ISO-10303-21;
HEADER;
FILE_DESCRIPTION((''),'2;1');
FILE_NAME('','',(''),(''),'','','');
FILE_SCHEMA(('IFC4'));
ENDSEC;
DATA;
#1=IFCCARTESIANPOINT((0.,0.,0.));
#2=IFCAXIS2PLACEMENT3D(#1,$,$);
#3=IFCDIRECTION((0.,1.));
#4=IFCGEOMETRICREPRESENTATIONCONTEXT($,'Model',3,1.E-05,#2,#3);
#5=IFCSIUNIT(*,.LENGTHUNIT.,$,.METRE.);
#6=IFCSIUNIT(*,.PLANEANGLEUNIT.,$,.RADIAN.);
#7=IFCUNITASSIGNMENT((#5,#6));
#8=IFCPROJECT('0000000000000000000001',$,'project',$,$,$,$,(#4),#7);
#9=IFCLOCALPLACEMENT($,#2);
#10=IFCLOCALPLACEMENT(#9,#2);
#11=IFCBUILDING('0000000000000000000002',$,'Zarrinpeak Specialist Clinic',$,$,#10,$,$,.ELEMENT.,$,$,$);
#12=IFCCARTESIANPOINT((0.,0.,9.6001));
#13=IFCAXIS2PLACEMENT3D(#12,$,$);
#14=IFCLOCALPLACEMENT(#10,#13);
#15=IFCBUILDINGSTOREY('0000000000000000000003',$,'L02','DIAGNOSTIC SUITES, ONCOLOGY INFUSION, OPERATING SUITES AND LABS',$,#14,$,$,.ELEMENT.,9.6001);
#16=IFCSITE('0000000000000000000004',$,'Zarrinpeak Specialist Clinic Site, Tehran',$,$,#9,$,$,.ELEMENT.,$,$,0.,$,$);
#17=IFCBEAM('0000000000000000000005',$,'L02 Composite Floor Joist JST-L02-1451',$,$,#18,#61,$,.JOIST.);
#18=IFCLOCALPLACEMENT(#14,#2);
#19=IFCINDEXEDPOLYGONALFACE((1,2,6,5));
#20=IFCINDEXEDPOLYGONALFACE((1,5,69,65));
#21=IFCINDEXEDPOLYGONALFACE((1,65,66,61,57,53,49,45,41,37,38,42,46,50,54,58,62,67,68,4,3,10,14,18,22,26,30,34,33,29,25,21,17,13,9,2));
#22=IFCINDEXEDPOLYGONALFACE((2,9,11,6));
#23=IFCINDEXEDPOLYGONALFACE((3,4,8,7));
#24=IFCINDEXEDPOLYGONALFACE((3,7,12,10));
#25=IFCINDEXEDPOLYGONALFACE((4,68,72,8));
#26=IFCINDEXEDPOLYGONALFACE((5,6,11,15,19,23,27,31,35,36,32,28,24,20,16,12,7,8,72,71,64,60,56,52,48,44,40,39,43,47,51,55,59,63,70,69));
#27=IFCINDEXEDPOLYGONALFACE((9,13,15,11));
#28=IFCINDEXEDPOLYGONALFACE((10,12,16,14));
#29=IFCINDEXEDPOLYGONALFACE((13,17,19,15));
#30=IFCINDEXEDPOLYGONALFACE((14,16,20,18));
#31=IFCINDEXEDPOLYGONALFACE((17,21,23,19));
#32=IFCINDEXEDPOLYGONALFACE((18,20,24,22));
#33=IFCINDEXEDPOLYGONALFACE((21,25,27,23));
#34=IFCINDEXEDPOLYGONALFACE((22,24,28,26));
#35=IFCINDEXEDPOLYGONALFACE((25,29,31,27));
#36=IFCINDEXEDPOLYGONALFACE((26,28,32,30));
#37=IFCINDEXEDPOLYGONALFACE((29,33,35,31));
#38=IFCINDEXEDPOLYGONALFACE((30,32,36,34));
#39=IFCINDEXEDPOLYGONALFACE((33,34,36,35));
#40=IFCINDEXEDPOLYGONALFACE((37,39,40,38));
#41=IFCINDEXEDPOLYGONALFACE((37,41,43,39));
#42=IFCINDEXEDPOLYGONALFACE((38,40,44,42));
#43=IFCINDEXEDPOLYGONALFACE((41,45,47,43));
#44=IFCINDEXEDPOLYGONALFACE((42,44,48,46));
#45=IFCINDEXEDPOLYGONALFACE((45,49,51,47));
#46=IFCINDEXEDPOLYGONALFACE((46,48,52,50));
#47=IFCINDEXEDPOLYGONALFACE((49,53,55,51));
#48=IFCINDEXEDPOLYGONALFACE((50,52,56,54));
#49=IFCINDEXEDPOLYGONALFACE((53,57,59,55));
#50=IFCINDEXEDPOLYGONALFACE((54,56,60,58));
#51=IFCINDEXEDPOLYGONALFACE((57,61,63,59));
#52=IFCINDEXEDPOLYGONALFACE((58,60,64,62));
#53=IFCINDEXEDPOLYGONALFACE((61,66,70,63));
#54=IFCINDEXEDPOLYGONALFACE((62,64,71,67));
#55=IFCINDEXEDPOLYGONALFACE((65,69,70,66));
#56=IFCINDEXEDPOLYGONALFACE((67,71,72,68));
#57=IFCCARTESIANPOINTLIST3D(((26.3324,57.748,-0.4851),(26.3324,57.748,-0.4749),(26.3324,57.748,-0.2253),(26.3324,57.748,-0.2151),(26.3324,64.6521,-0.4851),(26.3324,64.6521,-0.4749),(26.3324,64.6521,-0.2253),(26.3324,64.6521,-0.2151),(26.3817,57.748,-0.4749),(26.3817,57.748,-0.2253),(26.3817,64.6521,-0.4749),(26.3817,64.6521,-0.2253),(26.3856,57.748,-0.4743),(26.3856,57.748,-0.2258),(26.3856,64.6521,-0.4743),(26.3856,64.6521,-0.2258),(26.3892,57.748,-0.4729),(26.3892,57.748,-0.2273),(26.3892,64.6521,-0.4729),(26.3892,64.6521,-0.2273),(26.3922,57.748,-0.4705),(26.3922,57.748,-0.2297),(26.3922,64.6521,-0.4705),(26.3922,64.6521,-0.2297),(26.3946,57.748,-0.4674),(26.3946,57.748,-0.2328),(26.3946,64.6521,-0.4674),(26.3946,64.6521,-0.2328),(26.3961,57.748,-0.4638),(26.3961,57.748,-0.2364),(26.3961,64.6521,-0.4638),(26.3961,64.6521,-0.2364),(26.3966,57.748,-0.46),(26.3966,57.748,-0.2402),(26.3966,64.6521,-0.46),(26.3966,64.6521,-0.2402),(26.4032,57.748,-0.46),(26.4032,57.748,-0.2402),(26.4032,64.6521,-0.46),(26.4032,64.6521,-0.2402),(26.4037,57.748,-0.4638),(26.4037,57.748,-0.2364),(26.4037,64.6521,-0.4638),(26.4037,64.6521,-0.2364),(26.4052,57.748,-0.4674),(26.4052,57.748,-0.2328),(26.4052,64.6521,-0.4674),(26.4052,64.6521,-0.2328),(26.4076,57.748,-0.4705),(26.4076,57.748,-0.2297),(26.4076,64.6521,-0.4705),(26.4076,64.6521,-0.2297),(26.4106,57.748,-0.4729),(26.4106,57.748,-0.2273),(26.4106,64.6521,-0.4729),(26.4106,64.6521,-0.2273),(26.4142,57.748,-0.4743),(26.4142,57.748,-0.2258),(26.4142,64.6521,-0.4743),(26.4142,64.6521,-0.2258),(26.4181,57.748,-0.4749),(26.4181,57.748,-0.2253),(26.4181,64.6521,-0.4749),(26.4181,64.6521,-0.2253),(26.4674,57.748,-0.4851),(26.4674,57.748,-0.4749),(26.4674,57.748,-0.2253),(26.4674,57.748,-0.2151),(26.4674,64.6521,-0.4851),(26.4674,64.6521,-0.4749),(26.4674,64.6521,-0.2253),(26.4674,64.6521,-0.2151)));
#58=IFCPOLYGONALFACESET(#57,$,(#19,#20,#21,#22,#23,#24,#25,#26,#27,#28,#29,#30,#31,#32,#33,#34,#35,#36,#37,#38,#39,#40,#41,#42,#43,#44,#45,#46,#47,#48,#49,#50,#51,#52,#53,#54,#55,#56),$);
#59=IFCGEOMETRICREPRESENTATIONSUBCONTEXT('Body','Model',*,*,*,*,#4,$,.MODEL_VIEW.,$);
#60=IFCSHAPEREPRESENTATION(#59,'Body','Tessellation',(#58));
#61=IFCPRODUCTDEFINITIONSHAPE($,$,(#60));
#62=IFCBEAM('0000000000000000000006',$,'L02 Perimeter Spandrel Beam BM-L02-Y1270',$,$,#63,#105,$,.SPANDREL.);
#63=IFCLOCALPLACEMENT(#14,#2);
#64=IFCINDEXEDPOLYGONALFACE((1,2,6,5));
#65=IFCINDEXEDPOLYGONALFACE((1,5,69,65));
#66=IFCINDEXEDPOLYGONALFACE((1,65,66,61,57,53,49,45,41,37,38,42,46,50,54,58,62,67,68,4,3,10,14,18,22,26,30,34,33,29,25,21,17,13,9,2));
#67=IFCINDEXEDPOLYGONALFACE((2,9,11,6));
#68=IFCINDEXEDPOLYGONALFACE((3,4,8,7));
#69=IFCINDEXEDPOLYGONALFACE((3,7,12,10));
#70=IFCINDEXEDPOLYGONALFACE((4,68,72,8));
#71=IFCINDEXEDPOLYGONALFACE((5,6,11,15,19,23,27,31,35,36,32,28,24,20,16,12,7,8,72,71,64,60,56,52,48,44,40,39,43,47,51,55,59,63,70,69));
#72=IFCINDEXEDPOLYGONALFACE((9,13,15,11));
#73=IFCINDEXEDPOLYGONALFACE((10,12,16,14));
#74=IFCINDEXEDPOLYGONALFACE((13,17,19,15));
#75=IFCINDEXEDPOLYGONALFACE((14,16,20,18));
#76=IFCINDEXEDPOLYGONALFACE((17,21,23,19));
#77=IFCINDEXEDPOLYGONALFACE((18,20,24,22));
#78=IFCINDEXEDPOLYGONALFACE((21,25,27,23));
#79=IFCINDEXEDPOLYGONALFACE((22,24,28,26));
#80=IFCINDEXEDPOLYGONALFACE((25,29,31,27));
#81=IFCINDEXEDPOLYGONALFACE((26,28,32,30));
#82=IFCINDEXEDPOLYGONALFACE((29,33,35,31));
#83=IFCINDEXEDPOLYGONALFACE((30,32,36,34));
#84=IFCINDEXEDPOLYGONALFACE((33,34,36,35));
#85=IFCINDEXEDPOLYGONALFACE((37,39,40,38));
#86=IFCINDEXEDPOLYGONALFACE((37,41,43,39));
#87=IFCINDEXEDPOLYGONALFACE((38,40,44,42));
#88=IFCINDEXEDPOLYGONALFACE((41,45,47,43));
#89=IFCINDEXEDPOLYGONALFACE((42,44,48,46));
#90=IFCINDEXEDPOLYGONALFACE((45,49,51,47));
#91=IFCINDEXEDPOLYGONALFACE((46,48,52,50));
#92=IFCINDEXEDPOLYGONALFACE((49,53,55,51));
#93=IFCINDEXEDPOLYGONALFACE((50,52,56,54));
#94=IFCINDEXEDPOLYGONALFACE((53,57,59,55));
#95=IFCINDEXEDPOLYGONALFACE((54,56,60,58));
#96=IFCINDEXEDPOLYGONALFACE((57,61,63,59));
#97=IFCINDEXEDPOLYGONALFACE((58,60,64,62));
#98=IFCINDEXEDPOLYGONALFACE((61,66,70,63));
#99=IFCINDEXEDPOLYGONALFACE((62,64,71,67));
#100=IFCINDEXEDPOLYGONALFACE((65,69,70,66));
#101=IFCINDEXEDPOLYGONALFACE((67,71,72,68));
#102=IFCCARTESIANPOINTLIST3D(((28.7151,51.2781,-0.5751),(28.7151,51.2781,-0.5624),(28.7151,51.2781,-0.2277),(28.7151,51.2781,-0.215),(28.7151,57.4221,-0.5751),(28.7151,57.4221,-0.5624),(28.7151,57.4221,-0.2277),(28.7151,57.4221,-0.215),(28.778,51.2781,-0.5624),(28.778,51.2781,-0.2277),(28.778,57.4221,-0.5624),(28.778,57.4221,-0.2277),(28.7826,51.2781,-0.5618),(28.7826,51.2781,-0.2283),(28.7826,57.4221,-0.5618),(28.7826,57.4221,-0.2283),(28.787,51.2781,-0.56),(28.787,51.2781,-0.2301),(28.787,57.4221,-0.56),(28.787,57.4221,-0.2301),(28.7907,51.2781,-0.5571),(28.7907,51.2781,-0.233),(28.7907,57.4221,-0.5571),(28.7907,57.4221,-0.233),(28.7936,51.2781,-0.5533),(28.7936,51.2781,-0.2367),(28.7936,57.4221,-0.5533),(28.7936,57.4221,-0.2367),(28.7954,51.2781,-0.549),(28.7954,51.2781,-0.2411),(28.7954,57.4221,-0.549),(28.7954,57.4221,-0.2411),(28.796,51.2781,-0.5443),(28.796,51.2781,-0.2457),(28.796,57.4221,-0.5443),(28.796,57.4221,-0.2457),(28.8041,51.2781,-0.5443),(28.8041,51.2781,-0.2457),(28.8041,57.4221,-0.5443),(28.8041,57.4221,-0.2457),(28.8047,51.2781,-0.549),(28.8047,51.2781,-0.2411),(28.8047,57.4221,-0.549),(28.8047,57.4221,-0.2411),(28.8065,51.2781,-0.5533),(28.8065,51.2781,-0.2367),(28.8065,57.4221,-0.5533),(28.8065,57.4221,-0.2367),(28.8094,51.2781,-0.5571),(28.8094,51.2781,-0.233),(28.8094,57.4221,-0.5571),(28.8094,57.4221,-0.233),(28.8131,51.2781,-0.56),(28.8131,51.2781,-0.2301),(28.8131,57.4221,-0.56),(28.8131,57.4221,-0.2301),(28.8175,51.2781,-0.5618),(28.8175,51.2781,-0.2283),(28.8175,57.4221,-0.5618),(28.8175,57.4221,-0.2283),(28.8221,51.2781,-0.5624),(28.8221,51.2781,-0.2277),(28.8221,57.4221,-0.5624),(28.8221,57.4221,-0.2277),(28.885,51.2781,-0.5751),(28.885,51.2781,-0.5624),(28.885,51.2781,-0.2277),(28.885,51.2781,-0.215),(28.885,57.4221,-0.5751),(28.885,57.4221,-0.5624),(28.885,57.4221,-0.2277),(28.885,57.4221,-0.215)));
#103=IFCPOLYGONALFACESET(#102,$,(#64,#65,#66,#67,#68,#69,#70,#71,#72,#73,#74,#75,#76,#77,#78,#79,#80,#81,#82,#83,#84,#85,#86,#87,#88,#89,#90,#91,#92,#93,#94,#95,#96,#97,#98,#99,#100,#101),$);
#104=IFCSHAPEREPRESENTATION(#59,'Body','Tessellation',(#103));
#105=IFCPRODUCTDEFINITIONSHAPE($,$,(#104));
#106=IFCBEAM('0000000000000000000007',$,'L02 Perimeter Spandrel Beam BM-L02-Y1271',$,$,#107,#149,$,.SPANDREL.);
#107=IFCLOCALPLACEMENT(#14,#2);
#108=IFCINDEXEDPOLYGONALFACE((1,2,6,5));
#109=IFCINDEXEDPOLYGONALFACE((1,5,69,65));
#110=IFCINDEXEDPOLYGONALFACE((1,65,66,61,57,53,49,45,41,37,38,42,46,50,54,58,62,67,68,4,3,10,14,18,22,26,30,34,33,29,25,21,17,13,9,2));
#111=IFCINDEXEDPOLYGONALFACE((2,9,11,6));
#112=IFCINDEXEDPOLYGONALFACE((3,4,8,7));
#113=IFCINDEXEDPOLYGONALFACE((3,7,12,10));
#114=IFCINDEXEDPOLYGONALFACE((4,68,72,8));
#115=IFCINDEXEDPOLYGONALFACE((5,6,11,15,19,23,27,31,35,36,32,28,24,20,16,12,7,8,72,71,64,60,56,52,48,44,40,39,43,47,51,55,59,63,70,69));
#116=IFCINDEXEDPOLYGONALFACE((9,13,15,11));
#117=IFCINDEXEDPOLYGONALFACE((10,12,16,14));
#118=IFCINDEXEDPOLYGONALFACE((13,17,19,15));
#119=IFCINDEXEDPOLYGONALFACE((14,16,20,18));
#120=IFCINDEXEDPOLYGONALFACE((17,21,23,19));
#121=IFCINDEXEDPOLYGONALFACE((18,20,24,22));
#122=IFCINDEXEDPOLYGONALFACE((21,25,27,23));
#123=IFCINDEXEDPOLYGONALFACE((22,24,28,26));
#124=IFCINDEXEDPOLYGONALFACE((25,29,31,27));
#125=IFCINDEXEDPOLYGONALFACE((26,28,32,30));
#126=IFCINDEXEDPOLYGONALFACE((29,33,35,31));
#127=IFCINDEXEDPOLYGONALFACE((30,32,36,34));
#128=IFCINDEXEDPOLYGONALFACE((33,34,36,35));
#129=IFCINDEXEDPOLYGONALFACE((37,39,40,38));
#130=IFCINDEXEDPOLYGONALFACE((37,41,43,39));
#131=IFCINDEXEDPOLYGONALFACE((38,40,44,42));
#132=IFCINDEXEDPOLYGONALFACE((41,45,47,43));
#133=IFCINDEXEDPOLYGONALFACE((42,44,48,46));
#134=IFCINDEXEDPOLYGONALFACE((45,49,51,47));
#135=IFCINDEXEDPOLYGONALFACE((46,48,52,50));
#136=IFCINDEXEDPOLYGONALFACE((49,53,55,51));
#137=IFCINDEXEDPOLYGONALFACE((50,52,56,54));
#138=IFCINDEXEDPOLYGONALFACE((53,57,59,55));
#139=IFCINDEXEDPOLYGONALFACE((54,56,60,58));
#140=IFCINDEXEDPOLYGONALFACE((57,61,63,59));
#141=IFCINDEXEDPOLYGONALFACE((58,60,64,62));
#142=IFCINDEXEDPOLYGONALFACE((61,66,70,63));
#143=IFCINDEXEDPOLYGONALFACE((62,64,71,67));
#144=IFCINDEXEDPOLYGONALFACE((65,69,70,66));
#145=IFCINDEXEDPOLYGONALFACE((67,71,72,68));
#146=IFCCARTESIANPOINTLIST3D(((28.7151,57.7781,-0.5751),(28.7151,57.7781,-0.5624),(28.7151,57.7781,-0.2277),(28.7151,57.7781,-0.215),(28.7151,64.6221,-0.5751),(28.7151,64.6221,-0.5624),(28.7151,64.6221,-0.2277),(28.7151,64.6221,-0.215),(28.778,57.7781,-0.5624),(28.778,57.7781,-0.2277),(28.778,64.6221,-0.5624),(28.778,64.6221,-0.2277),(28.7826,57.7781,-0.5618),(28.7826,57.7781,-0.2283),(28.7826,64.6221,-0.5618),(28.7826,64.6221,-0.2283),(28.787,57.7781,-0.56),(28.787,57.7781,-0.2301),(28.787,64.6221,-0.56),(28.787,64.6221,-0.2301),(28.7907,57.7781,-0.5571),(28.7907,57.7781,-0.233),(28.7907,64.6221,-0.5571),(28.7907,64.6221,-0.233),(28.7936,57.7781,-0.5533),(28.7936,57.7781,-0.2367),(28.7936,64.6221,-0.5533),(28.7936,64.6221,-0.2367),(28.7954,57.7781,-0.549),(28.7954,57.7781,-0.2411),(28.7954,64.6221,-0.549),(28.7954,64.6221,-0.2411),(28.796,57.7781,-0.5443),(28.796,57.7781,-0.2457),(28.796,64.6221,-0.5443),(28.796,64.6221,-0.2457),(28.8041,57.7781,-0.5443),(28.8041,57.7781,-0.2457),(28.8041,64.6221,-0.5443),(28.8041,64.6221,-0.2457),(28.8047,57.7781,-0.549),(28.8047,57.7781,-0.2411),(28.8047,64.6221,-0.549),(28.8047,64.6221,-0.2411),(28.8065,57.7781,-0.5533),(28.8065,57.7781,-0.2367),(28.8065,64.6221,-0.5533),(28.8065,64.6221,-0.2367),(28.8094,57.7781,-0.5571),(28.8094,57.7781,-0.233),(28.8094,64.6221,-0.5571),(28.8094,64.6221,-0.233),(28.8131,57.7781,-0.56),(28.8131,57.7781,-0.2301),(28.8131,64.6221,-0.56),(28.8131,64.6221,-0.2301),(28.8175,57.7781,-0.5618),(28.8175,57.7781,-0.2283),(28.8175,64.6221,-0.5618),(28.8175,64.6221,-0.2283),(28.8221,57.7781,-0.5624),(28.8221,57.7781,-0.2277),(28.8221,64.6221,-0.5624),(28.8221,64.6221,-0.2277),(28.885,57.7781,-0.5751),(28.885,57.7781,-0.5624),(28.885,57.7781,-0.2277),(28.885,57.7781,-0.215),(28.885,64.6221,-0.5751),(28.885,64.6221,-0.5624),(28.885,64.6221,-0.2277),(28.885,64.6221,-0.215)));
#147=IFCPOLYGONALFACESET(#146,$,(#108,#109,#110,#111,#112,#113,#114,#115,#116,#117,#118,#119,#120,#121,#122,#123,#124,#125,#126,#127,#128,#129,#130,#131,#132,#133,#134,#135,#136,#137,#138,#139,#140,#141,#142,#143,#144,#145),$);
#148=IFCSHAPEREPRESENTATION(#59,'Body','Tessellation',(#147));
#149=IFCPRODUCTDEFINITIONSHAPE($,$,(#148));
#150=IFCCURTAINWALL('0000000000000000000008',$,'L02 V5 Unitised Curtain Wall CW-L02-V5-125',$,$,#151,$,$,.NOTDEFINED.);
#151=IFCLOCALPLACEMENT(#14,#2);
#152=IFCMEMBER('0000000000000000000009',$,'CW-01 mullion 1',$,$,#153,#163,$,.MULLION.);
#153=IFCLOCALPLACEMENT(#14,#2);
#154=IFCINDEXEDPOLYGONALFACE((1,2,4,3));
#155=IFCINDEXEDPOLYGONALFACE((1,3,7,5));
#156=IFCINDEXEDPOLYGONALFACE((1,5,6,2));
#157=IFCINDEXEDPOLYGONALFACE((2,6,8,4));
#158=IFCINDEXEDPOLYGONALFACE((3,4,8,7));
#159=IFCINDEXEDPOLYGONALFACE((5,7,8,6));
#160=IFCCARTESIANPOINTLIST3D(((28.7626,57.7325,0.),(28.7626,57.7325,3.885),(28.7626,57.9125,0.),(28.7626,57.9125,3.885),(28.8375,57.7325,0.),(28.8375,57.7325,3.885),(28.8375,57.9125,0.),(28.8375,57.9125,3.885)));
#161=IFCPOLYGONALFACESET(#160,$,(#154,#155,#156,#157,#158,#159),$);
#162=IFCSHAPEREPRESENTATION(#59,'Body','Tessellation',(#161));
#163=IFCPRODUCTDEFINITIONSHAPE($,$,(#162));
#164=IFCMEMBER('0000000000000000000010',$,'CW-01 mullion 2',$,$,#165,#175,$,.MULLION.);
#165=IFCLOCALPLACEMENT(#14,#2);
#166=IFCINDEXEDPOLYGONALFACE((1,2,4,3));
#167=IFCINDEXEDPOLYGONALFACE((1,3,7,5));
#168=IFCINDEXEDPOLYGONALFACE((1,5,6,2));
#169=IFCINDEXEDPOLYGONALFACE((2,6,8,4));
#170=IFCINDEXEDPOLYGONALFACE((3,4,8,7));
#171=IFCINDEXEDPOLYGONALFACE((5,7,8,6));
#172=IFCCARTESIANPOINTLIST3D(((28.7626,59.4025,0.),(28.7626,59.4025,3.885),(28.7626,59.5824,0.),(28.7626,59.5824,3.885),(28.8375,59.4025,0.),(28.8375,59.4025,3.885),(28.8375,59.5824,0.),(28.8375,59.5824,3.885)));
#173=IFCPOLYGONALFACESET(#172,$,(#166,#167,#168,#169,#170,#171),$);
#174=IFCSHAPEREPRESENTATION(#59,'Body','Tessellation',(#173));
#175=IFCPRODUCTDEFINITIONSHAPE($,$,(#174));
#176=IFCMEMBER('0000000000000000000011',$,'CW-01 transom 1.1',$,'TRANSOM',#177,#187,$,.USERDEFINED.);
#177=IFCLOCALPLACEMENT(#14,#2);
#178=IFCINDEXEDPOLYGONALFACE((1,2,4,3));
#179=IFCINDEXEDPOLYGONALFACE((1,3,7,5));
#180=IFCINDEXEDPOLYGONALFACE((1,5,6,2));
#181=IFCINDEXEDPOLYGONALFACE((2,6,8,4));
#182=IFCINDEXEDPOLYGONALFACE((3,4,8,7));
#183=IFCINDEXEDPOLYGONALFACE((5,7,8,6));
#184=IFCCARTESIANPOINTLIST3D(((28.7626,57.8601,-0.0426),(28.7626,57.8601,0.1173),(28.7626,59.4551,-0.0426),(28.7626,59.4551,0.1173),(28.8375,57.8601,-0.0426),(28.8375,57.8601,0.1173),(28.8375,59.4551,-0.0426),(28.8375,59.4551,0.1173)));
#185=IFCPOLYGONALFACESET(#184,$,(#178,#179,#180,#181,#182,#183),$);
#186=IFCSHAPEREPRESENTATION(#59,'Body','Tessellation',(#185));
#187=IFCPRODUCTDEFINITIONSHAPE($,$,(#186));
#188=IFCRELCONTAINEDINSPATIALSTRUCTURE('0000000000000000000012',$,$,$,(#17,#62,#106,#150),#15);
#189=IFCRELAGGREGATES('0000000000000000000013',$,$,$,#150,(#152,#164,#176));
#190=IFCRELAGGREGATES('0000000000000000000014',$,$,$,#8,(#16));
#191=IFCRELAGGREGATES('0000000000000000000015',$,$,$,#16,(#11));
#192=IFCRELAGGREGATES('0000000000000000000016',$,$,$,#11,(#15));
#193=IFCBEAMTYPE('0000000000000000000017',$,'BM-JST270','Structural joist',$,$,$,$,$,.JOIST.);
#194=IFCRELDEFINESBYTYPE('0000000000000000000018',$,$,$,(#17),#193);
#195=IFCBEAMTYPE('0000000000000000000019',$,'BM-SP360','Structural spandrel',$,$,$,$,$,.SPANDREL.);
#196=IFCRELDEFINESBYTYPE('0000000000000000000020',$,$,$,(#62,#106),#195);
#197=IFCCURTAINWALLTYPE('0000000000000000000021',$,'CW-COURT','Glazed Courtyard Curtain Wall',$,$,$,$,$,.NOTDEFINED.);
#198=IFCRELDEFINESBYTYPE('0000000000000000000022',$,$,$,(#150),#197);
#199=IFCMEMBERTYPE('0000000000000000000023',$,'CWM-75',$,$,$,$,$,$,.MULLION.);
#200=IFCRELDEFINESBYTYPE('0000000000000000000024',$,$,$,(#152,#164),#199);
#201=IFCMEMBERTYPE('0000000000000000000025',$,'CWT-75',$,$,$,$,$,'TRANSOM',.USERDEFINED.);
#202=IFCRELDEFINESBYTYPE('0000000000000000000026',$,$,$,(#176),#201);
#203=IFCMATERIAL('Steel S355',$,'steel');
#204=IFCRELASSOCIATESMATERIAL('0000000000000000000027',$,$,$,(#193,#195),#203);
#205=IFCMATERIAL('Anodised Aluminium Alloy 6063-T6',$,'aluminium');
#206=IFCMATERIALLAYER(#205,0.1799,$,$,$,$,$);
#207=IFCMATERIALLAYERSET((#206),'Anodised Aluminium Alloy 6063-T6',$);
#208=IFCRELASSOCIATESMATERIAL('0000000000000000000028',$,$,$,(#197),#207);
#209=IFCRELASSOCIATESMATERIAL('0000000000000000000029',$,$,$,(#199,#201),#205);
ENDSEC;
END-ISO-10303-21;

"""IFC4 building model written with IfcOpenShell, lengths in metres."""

from ifc_helpers import new_model, si_unit, direction, frame, origin, origin_2d, place, context, subcontext, project, spatial, rectangle, i_section, extrude, material, layer, layer_set, material_profile, profile_set, type_object, element, aggregate, save


model = new_model("IFC4")

# Units and contexts
model_context = context("Model", 3, precision=1e-05, world=origin(), true_north=direction((0.0, 1.0)))
body_context = subcontext(model_context, "Body", "Model", "MODEL_VIEW")
ifc_project = project(units=[si_unit("LENGTHUNIT", "METRE"), si_unit("PLANEANGLEUNIT", "RADIAN")], contexts=[model_context])

# Site, building, storey
site_placement = place(None, origin())
site = spatial("IfcSite", under=ifc_project, at=site_placement, Name="Zarrinpeak Specialist Clinic Site, Tehran", CompositionType="ELEMENT", RefElevation=0.0)
building_placement = place(site_placement, origin())
building = spatial("IfcBuilding", under=site, at=building_placement, Name="Zarrinpeak Specialist Clinic", CompositionType="ELEMENT")
storey_placement = place(building_placement, frame((0.0, 0.0, 9.6001)))
storey = spatial("IfcBuildingStorey", under=building, at=storey_placement, Name="L02", Description="DIAGNOSTIC SUITES, ONCOLOGY INFUSION, OPERATING SUITES AND LABS", CompositionType="ELEMENT", Elevation=9.6001)

# Shared definitions
ifc_material_1 = material(Name="Steel S355", Category="steel")

# Beams
ifc_material_profile_1 = material_profile(ifc_material_1, i_section(OverallWidth=0.135, OverallDepth=0.27, WebThickness=0.0066, FlangeThickness=0.0103, FilletRadius=0.0149, at=origin_2d()), Name="IPE 270")
ifc_profile_set_1 = profile_set([ifc_material_profile_1], Name="Steel S355")
beam_type_1 = type_object("IfcBeamType", Name="BM-JST270", Description="Structural joist", PredefinedType="JOIST", material=ifc_profile_set_1)
beam_1_placement = place(storey_placement, frame((26.3999, 57.748, -0.3501), z_axis=(0.0, 1.0, 0.0), x_axis=(-1.0, 0.0, 0.0)))
element("IfcBeam", 1, at=beam_1_placement, inside=storey, type_object=beam_type_1, Name="L02 Composite Floor Joist JST-L02-1451", PredefinedType="JOIST", context=body_context, shape_type="SweptSolid", body=[
    extrude(i_section(OverallWidth=0.135, OverallDepth=0.27, WebThickness=0.0066, FlangeThickness=0.0103, FilletRadius=0.0149, at=origin_2d()), origin(), (0.0, 0.0, 1.0), 6.9041),
])
ifc_material_profile_2 = material_profile(ifc_material_1, i_section(OverallWidth=0.1699, OverallDepth=0.3601, WebThickness=0.0081, FlangeThickness=0.0127, FilletRadius=0.0181, at=origin_2d()), Name="IPE 360")
ifc_profile_set_2 = profile_set([ifc_material_profile_2], Name="Steel S355")
beam_type_2 = type_object("IfcBeamType", Name="BM-SP360", Description="Structural spandrel", PredefinedType="SPANDREL", material=ifc_profile_set_2)
beam_2_placement = place(storey_placement, frame((28.8, 51.2781, -0.395), z_axis=(0.0, 1.0, 0.0), x_axis=(-1.0, 0.0, 0.0)))
element("IfcBeam", 2, at=beam_2_placement, inside=storey, type_object=beam_type_2, Name="L02 Perimeter Spandrel Beam BM-L02-Y1270", PredefinedType="SPANDREL", context=body_context, shape_type="SweptSolid", body=[
    extrude(i_section(OverallWidth=0.1699, OverallDepth=0.3601, WebThickness=0.0081, FlangeThickness=0.0127, FilletRadius=0.0181, at=origin_2d()), origin(), (0.0, 0.0, 1.0), 6.144),
])
beam_3_placement = place(storey_placement, frame((28.8, 57.7781, -0.395), z_axis=(0.0, 1.0, 0.0), x_axis=(-1.0, 0.0, 0.0)))
element("IfcBeam", 3, at=beam_3_placement, inside=storey, type_object=beam_type_2, Name="L02 Perimeter Spandrel Beam BM-L02-Y1271", PredefinedType="SPANDREL", context=body_context, shape_type="SweptSolid", body=[
    extrude(i_section(OverallWidth=0.1699, OverallDepth=0.3601, WebThickness=0.0081, FlangeThickness=0.0127, FilletRadius=0.0181, at=origin_2d()), origin(), (0.0, 0.0, 1.0), 6.844),
])

# Curtain wall, members
ifc_material_2 = material(Name="Anodised Aluminium Alloy 6063-T6", Category="aluminium")
ifc_layer_1 = layer(ifc_material_2, 0.1799)
ifc_layer_set_1 = layer_set([ifc_layer_1], Name="Anodised Aluminium Alloy 6063-T6")
curtain_wall_type = type_object("IfcCurtainWallType", Name="CW-COURT", Description="Glazed Courtyard Curtain Wall", PredefinedType="NOTDEFINED", material=ifc_layer_set_1)
curtain_wall_placement = place(storey_placement, origin())
curtain_wall = element("IfcCurtainWall", 4, at=curtain_wall_placement, inside=storey, type_object=curtain_wall_type, Name="L02 V5 Unitised Curtain Wall CW-L02-V5-125", PredefinedType="NOTDEFINED")
ifc_material_profile_3 = material_profile(ifc_material_2, rectangle(XDim=0.075, YDim=0.1799, at=origin_2d()), Name="ALU 75x180")
ifc_profile_set_3 = profile_set([ifc_material_profile_3], Name="Anodised Aluminium Alloy 6063-T6")
member_type_1 = type_object("IfcMemberType", Name="CWM-75", PredefinedType="MULLION", material=ifc_profile_set_3)
member_1_placement = place(storey_placement, frame((28.8, 57.8225, 0.0), z_axis=(0.0, 0.0, 1.0), x_axis=(-1.0, 0.0, 0.0)))
member_1 = element("IfcMember", 5, at=member_1_placement, type_object=member_type_1, Name="CW-01 mullion 1", PredefinedType="MULLION", context=body_context, shape_type="SweptSolid", body=[
    extrude(rectangle(XDim=0.075, YDim=0.1799, at=origin_2d()), origin(), (0.0, 0.0, 1.0), 3.885),
])
member_2_placement = place(storey_placement, frame((28.8, 59.4924, 0.0), z_axis=(0.0, 0.0, 1.0), x_axis=(-1.0, 0.0, 0.0)))
member_2 = element("IfcMember", 6, at=member_2_placement, type_object=member_type_1, Name="CW-01 mullion 2", PredefinedType="MULLION", context=body_context, shape_type="SweptSolid", body=[
    extrude(rectangle(XDim=0.075, YDim=0.1799, at=origin_2d()), origin(), (0.0, 0.0, 1.0), 3.885),
])
ifc_material_profile_4 = material_profile(ifc_material_2, rectangle(XDim=0.075, YDim=0.1599, at=origin_2d()), Name="ALU 75x160")
ifc_profile_set_4 = profile_set([ifc_material_profile_4], Name="Anodised Aluminium Alloy 6063-T6")
member_type_2 = type_object("IfcMemberType", Name="CWT-75", ElementType="TRANSOM", PredefinedType="USERDEFINED", material=ifc_profile_set_4)
member_3_placement = place(storey_placement, frame((28.8, 57.8601, 0.0374), z_axis=(0.0, 1.0, 0.0), x_axis=(-1.0, 0.0, 0.0)))
member_3 = element("IfcMember", 7, at=member_3_placement, type_object=member_type_2, Name="CW-01 transom 1.1", ObjectType="TRANSOM", PredefinedType="USERDEFINED", context=body_context, shape_type="SweptSolid", body=[
    extrude(rectangle(XDim=0.075, YDim=0.1599, at=origin_2d()), origin(), (0.0, 0.0, 1.0), 1.595),
])
aggregate(curtain_wall, [member_1, member_2, member_3])

save(model, "model.ifc")
